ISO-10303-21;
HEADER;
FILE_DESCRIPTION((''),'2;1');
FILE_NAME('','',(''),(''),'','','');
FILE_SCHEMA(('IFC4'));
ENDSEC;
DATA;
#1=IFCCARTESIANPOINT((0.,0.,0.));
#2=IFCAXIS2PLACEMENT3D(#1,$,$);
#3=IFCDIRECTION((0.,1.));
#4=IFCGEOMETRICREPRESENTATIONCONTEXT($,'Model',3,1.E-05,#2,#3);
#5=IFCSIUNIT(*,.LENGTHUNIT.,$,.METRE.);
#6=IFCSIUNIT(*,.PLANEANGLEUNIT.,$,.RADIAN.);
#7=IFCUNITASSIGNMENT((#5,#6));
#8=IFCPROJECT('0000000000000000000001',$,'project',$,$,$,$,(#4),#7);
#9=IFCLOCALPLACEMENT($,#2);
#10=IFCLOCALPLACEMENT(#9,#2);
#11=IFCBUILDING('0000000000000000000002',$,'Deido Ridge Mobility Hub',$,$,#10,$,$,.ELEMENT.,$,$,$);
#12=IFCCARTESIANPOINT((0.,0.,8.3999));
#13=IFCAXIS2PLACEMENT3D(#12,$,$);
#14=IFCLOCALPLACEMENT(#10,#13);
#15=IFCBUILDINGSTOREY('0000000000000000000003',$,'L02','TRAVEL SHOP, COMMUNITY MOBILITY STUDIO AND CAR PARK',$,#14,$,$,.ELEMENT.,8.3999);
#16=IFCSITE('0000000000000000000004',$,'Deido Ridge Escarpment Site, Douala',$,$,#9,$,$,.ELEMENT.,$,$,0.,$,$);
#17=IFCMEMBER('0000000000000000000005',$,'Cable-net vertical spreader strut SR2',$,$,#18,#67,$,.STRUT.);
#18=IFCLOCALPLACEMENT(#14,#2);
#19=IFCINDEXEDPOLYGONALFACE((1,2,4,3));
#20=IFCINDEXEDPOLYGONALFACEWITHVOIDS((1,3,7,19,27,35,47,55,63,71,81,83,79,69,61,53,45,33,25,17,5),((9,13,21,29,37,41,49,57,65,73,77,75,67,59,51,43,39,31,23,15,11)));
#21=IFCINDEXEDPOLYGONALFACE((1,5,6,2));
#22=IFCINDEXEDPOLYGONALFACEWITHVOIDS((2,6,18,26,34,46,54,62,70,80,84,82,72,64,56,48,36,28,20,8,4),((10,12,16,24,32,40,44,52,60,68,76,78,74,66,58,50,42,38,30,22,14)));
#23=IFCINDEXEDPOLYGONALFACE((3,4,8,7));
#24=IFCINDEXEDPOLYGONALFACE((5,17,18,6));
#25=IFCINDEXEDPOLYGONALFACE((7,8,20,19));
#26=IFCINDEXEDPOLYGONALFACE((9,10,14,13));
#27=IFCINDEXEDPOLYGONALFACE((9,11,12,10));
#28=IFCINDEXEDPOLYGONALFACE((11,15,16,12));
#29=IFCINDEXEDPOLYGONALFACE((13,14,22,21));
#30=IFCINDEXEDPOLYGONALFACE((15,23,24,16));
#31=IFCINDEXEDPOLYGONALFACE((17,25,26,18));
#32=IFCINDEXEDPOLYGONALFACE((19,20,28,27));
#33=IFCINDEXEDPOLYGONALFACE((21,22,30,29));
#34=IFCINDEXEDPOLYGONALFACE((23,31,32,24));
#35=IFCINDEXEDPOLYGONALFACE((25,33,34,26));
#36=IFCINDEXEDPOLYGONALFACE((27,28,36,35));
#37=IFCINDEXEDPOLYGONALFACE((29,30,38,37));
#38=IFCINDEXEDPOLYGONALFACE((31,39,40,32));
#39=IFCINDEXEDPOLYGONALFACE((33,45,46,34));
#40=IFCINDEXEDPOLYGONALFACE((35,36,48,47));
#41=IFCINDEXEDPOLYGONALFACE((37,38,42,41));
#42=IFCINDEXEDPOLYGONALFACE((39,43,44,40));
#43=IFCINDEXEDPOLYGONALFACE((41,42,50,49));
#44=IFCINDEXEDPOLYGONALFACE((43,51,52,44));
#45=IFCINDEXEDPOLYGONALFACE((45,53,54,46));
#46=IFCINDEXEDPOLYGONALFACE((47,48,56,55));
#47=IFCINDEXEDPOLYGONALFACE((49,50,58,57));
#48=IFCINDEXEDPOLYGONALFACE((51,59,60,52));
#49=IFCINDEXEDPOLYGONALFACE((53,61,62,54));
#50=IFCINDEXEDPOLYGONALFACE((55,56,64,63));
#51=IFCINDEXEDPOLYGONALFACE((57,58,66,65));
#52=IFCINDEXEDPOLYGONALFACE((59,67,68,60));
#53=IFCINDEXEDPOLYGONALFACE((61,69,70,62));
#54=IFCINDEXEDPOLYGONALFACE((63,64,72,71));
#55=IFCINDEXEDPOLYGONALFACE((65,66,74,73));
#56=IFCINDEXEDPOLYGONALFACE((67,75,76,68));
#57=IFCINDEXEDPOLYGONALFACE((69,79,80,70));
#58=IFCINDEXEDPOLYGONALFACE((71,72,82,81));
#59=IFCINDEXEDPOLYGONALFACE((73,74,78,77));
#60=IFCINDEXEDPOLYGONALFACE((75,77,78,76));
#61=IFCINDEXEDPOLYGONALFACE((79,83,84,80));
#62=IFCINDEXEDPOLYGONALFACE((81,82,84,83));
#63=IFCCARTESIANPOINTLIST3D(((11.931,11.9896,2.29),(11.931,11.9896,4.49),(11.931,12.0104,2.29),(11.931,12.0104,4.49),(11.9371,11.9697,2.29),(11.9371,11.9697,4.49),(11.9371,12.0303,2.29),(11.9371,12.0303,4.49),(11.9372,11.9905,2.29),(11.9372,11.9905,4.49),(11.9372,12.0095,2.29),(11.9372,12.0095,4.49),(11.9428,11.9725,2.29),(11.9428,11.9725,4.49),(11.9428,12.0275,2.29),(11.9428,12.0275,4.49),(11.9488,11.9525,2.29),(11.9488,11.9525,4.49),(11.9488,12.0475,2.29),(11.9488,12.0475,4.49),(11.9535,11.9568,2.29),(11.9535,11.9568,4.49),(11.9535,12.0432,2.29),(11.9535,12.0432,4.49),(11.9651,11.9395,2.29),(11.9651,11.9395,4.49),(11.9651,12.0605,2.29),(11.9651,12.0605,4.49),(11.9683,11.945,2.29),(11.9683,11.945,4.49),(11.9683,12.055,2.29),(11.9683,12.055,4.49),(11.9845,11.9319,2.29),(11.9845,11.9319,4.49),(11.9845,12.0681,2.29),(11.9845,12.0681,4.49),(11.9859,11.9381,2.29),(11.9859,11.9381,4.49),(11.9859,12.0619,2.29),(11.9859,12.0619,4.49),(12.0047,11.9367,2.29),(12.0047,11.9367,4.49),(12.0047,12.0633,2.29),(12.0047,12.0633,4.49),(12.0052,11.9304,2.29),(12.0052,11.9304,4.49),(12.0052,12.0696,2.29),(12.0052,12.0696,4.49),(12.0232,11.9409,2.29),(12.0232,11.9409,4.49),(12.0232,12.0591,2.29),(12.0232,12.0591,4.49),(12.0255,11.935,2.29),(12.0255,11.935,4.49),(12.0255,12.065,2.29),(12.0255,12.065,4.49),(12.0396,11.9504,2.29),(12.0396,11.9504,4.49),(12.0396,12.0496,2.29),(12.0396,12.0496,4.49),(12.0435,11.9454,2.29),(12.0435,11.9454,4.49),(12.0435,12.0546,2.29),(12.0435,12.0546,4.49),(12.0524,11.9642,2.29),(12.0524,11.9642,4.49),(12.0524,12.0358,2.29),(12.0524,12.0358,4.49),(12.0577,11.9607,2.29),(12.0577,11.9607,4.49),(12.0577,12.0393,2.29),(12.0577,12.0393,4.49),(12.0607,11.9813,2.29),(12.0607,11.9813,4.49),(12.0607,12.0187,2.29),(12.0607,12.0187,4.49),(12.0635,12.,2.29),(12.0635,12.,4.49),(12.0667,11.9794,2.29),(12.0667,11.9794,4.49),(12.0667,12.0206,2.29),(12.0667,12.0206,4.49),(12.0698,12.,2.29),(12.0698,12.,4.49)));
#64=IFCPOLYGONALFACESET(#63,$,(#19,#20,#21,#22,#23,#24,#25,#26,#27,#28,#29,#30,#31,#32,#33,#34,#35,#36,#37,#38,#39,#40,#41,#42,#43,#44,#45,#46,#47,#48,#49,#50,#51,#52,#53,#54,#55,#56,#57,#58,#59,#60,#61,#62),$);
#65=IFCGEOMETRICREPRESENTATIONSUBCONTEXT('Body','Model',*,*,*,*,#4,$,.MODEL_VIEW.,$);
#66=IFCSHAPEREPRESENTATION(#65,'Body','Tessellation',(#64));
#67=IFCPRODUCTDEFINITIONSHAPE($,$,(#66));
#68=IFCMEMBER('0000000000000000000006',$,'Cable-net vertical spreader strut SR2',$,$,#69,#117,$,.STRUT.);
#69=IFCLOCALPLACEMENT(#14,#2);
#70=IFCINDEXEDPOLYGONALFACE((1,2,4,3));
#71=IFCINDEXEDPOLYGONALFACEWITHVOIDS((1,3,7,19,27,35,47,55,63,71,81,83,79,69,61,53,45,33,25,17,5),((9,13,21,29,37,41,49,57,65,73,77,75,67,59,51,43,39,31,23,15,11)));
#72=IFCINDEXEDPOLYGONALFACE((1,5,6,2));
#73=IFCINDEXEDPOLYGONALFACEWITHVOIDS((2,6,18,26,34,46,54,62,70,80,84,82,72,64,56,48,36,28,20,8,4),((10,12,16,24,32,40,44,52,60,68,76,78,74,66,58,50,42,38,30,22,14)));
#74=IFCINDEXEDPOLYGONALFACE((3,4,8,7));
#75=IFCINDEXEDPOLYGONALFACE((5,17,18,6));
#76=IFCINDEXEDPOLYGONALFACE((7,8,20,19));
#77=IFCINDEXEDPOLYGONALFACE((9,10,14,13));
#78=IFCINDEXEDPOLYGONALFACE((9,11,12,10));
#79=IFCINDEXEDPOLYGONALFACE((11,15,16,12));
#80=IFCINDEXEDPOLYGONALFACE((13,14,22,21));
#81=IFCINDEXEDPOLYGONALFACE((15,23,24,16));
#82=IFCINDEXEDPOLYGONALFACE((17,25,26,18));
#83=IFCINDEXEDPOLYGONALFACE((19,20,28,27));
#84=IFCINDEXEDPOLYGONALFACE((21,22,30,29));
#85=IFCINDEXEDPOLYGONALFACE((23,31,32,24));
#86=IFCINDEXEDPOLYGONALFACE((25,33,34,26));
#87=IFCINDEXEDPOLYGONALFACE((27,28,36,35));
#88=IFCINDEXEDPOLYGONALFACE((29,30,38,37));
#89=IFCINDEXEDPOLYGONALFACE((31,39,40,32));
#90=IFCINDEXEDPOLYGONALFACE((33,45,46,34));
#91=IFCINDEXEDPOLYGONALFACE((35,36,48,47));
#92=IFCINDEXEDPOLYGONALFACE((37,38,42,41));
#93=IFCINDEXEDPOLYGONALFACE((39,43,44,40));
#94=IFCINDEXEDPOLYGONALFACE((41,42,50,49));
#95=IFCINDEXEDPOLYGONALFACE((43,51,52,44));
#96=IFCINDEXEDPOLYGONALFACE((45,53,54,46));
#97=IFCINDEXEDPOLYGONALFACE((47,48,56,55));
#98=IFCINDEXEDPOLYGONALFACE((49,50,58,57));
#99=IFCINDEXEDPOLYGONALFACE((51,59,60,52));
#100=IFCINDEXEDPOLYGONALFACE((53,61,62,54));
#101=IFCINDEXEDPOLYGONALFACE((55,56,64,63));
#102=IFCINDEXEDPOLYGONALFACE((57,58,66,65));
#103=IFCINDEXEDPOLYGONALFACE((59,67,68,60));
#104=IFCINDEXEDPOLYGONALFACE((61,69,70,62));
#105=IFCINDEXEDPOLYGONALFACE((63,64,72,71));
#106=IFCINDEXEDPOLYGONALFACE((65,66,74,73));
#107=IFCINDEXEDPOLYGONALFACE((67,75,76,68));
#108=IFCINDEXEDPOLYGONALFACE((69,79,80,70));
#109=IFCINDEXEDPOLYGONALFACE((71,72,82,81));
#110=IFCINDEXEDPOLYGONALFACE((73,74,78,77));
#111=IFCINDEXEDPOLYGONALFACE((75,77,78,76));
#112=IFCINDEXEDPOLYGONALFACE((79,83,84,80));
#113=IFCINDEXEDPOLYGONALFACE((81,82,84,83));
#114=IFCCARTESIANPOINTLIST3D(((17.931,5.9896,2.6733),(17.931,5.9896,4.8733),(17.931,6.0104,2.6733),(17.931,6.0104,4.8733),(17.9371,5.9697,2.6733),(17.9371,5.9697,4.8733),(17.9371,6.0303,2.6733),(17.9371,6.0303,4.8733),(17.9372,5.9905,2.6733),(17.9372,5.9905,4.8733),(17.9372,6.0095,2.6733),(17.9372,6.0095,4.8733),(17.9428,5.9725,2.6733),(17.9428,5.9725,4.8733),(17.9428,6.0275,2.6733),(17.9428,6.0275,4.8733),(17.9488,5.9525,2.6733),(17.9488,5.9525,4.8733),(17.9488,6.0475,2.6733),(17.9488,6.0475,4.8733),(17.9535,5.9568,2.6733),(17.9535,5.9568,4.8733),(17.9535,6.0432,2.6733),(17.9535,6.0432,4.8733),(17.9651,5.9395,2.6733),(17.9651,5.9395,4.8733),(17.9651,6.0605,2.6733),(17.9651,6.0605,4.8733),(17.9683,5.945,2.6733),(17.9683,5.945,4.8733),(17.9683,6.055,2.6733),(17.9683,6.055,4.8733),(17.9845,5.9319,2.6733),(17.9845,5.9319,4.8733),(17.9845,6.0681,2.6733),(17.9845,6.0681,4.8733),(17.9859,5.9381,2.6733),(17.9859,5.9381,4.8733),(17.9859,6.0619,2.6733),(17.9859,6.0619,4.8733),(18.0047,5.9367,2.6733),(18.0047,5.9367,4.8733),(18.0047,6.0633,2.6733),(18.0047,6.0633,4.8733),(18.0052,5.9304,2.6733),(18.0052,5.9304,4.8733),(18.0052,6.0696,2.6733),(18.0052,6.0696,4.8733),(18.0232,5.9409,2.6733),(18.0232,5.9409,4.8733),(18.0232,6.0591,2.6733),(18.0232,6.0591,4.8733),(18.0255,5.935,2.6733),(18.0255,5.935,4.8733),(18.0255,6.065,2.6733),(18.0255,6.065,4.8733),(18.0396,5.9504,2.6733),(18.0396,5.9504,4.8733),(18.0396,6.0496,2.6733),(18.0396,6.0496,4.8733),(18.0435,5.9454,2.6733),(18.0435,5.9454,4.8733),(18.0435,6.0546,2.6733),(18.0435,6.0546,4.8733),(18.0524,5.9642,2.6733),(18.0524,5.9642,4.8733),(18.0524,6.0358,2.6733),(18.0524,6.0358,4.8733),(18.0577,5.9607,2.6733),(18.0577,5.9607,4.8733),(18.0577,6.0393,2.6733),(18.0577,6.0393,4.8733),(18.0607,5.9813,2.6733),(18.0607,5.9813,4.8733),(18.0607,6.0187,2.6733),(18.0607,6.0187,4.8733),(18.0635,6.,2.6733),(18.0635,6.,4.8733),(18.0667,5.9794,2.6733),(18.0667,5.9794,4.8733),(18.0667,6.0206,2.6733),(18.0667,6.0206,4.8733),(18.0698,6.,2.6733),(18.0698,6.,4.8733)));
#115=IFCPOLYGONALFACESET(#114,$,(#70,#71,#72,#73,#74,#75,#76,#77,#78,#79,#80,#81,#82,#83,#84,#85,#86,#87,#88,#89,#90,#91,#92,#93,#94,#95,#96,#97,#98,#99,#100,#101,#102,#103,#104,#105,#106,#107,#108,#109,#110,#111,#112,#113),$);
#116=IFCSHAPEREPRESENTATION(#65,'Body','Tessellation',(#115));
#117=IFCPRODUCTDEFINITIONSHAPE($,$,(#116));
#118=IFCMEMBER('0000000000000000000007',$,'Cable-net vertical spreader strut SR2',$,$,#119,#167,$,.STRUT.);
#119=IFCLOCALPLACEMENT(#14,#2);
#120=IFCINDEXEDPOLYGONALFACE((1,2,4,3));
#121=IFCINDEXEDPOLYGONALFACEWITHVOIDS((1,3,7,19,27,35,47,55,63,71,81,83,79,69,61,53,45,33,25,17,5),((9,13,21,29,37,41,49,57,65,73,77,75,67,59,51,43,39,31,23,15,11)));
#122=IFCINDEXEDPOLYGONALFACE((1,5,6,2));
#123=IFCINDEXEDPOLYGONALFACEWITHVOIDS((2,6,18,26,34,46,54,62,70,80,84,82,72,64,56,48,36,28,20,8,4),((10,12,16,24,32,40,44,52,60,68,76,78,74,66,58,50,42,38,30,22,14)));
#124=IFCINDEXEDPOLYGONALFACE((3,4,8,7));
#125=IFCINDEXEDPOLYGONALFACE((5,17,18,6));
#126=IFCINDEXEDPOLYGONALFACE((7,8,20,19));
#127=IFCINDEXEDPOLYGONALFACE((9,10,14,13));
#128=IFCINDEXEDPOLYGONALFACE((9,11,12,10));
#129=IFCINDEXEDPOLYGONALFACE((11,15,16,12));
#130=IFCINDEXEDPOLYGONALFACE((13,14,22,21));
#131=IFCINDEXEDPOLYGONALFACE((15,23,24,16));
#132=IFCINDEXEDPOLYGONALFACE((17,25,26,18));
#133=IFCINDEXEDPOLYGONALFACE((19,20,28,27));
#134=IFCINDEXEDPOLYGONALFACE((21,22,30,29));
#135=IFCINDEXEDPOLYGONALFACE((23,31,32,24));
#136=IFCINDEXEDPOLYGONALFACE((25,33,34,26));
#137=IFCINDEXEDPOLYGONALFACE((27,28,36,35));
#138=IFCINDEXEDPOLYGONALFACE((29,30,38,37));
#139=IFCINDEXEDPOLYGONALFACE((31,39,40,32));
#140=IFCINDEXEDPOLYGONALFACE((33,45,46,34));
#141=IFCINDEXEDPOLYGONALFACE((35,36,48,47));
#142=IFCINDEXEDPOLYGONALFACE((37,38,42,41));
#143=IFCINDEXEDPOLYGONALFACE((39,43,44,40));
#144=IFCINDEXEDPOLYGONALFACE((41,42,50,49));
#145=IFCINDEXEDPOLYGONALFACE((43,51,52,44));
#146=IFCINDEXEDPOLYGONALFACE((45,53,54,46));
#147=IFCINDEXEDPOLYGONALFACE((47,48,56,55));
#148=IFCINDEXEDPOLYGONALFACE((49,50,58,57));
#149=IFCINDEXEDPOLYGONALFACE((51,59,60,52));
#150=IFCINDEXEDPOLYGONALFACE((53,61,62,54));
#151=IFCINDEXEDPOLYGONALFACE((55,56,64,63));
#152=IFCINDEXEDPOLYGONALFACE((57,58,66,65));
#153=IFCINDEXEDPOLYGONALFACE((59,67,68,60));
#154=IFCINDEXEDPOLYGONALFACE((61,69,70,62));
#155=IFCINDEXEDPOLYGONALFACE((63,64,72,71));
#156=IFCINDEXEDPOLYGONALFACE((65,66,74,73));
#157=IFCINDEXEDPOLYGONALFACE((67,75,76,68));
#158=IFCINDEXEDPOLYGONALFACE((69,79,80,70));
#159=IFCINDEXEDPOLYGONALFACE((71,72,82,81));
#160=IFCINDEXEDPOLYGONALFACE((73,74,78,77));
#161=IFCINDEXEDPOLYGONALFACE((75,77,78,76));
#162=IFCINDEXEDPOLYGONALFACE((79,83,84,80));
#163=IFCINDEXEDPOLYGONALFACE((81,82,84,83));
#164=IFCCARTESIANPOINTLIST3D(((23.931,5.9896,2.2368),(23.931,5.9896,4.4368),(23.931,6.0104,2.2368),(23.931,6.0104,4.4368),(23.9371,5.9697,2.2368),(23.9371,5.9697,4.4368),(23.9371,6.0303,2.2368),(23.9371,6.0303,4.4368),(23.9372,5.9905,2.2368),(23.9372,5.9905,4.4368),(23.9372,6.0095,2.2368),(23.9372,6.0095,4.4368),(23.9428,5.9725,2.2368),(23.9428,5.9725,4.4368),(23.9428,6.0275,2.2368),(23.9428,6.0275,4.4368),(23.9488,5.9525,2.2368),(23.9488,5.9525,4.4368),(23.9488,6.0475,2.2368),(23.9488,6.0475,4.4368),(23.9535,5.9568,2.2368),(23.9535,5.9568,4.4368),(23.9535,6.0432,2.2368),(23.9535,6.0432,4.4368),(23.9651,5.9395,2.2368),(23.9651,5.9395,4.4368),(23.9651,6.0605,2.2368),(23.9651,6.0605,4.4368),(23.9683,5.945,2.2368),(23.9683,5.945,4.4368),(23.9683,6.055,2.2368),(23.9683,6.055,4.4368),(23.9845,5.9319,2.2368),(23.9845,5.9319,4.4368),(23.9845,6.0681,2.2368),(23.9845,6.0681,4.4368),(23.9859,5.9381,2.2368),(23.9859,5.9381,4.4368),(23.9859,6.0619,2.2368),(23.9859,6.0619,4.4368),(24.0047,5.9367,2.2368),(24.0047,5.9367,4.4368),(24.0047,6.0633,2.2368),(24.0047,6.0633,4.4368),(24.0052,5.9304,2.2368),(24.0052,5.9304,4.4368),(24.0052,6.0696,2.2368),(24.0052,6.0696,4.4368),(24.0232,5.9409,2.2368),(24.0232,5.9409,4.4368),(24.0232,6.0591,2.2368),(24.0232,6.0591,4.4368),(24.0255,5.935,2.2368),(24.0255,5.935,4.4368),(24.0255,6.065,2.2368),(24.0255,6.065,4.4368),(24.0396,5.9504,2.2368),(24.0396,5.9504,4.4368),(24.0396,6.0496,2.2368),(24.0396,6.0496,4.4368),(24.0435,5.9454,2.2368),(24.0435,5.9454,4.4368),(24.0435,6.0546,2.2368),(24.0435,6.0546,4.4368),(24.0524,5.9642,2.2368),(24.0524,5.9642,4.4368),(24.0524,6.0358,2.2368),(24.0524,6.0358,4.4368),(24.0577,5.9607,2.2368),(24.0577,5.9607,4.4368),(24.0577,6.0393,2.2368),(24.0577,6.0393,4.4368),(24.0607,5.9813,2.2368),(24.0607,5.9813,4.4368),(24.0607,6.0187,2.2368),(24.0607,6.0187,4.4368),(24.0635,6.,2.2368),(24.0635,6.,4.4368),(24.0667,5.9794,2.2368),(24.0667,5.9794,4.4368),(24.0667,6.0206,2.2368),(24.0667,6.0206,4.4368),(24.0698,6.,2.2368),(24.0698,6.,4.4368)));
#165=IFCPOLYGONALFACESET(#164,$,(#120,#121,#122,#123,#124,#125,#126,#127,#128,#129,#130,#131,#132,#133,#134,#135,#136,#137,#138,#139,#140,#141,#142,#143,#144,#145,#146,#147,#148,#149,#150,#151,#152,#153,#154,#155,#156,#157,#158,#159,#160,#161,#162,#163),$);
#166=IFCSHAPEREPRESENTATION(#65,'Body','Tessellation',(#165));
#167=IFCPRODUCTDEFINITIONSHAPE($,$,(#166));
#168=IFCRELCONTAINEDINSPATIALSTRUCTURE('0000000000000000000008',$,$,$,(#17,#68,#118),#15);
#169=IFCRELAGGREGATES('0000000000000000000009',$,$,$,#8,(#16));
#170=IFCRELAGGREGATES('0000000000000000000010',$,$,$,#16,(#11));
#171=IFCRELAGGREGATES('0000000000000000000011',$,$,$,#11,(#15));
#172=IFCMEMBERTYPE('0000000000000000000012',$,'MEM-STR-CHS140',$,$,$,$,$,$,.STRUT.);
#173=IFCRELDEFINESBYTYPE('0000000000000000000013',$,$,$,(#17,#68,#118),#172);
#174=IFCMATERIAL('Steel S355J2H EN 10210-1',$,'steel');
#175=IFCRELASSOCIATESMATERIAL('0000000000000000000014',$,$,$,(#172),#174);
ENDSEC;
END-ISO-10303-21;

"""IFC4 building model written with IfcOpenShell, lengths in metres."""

from ifc_helpers import new_model, si_unit, direction, frame, origin, origin_2d, place, context, subcontext, project, spatial, hollow_circle, extrude, material, material_profile, profile_set, type_object, element, save


model = new_model("IFC4")

# Units and contexts
model_context = context("Model", 3, precision=1e-05, world=origin(), true_north=direction((0.0, 1.0)))
body_context = subcontext(model_context, "Body", "Model", "MODEL_VIEW")
ifc_project = project(units=[si_unit("LENGTHUNIT", "METRE"), si_unit("PLANEANGLEUNIT", "RADIAN")], contexts=[model_context])

# Site, building, storey
site_placement = place(None, origin())
site = spatial("IfcSite", under=ifc_project, at=site_placement, Name="Deido Ridge Escarpment Site, Douala", CompositionType="ELEMENT", RefElevation=0.0)
building_placement = place(site_placement, origin())
building = spatial("IfcBuilding", under=site, at=building_placement, Name="Deido Ridge Mobility Hub", CompositionType="ELEMENT")
storey_placement = place(building_placement, frame((0.0, 0.0, 8.3999)))
storey = spatial("IfcBuildingStorey", under=building, at=storey_placement, Name="L02", Description="TRAVEL SHOP, COMMUNITY MOBILITY STUDIO AND CAR PARK", CompositionType="ELEMENT", Elevation=8.3999)

# Members
ifc_material_1 = material(Name="Steel S355J2H EN 10210-1", Category="steel")
ifc_material_profile_1 = material_profile(ifc_material_1, hollow_circle(Radius=0.0698, WallThickness=0.0063, at=origin_2d()), Name="CHS 139.7x6.3")
ifc_profile_set_1 = profile_set([ifc_material_profile_1], Name="Steel S355J2H EN 10210-1")
member_type_1 = type_object("IfcMemberType", Name="MEM-STR-CHS140", PredefinedType="STRUT", material=ifc_profile_set_1)
for number, where, z_axis, x_axis, name in (
    (1, (12.0, 12.0, 2.29), (0.0, 0.0, 1.0), (1.0, 0.0, 0.0), "Cable-net vertical spreader strut SR2"),
    (2, (18.0, 6.0, 2.6733), (0.0, 0.0, 1.0), (1.0, 0.0, 0.0), "Cable-net vertical spreader strut SR2"),
    (3, (24.0, 6.0, 2.2368), (0.0, 0.0, 1.0), (1.0, 0.0, 0.0), "Cable-net vertical spreader strut SR2"),
):
    element("IfcMember", number, at=place(storey_placement, frame(where, z_axis=z_axis, x_axis=x_axis)), inside=storey, type_object=member_type_1, Name=name, PredefinedType="STRUT", context=body_context, shape_type="SweptSolid", body=[
        extrude(hollow_circle(Radius=0.0698, WallThickness=0.0063, at=origin_2d()), origin(), (0.0, 0.0, 1.0), 2.2),
    ])

save(model, "model.ifc")
